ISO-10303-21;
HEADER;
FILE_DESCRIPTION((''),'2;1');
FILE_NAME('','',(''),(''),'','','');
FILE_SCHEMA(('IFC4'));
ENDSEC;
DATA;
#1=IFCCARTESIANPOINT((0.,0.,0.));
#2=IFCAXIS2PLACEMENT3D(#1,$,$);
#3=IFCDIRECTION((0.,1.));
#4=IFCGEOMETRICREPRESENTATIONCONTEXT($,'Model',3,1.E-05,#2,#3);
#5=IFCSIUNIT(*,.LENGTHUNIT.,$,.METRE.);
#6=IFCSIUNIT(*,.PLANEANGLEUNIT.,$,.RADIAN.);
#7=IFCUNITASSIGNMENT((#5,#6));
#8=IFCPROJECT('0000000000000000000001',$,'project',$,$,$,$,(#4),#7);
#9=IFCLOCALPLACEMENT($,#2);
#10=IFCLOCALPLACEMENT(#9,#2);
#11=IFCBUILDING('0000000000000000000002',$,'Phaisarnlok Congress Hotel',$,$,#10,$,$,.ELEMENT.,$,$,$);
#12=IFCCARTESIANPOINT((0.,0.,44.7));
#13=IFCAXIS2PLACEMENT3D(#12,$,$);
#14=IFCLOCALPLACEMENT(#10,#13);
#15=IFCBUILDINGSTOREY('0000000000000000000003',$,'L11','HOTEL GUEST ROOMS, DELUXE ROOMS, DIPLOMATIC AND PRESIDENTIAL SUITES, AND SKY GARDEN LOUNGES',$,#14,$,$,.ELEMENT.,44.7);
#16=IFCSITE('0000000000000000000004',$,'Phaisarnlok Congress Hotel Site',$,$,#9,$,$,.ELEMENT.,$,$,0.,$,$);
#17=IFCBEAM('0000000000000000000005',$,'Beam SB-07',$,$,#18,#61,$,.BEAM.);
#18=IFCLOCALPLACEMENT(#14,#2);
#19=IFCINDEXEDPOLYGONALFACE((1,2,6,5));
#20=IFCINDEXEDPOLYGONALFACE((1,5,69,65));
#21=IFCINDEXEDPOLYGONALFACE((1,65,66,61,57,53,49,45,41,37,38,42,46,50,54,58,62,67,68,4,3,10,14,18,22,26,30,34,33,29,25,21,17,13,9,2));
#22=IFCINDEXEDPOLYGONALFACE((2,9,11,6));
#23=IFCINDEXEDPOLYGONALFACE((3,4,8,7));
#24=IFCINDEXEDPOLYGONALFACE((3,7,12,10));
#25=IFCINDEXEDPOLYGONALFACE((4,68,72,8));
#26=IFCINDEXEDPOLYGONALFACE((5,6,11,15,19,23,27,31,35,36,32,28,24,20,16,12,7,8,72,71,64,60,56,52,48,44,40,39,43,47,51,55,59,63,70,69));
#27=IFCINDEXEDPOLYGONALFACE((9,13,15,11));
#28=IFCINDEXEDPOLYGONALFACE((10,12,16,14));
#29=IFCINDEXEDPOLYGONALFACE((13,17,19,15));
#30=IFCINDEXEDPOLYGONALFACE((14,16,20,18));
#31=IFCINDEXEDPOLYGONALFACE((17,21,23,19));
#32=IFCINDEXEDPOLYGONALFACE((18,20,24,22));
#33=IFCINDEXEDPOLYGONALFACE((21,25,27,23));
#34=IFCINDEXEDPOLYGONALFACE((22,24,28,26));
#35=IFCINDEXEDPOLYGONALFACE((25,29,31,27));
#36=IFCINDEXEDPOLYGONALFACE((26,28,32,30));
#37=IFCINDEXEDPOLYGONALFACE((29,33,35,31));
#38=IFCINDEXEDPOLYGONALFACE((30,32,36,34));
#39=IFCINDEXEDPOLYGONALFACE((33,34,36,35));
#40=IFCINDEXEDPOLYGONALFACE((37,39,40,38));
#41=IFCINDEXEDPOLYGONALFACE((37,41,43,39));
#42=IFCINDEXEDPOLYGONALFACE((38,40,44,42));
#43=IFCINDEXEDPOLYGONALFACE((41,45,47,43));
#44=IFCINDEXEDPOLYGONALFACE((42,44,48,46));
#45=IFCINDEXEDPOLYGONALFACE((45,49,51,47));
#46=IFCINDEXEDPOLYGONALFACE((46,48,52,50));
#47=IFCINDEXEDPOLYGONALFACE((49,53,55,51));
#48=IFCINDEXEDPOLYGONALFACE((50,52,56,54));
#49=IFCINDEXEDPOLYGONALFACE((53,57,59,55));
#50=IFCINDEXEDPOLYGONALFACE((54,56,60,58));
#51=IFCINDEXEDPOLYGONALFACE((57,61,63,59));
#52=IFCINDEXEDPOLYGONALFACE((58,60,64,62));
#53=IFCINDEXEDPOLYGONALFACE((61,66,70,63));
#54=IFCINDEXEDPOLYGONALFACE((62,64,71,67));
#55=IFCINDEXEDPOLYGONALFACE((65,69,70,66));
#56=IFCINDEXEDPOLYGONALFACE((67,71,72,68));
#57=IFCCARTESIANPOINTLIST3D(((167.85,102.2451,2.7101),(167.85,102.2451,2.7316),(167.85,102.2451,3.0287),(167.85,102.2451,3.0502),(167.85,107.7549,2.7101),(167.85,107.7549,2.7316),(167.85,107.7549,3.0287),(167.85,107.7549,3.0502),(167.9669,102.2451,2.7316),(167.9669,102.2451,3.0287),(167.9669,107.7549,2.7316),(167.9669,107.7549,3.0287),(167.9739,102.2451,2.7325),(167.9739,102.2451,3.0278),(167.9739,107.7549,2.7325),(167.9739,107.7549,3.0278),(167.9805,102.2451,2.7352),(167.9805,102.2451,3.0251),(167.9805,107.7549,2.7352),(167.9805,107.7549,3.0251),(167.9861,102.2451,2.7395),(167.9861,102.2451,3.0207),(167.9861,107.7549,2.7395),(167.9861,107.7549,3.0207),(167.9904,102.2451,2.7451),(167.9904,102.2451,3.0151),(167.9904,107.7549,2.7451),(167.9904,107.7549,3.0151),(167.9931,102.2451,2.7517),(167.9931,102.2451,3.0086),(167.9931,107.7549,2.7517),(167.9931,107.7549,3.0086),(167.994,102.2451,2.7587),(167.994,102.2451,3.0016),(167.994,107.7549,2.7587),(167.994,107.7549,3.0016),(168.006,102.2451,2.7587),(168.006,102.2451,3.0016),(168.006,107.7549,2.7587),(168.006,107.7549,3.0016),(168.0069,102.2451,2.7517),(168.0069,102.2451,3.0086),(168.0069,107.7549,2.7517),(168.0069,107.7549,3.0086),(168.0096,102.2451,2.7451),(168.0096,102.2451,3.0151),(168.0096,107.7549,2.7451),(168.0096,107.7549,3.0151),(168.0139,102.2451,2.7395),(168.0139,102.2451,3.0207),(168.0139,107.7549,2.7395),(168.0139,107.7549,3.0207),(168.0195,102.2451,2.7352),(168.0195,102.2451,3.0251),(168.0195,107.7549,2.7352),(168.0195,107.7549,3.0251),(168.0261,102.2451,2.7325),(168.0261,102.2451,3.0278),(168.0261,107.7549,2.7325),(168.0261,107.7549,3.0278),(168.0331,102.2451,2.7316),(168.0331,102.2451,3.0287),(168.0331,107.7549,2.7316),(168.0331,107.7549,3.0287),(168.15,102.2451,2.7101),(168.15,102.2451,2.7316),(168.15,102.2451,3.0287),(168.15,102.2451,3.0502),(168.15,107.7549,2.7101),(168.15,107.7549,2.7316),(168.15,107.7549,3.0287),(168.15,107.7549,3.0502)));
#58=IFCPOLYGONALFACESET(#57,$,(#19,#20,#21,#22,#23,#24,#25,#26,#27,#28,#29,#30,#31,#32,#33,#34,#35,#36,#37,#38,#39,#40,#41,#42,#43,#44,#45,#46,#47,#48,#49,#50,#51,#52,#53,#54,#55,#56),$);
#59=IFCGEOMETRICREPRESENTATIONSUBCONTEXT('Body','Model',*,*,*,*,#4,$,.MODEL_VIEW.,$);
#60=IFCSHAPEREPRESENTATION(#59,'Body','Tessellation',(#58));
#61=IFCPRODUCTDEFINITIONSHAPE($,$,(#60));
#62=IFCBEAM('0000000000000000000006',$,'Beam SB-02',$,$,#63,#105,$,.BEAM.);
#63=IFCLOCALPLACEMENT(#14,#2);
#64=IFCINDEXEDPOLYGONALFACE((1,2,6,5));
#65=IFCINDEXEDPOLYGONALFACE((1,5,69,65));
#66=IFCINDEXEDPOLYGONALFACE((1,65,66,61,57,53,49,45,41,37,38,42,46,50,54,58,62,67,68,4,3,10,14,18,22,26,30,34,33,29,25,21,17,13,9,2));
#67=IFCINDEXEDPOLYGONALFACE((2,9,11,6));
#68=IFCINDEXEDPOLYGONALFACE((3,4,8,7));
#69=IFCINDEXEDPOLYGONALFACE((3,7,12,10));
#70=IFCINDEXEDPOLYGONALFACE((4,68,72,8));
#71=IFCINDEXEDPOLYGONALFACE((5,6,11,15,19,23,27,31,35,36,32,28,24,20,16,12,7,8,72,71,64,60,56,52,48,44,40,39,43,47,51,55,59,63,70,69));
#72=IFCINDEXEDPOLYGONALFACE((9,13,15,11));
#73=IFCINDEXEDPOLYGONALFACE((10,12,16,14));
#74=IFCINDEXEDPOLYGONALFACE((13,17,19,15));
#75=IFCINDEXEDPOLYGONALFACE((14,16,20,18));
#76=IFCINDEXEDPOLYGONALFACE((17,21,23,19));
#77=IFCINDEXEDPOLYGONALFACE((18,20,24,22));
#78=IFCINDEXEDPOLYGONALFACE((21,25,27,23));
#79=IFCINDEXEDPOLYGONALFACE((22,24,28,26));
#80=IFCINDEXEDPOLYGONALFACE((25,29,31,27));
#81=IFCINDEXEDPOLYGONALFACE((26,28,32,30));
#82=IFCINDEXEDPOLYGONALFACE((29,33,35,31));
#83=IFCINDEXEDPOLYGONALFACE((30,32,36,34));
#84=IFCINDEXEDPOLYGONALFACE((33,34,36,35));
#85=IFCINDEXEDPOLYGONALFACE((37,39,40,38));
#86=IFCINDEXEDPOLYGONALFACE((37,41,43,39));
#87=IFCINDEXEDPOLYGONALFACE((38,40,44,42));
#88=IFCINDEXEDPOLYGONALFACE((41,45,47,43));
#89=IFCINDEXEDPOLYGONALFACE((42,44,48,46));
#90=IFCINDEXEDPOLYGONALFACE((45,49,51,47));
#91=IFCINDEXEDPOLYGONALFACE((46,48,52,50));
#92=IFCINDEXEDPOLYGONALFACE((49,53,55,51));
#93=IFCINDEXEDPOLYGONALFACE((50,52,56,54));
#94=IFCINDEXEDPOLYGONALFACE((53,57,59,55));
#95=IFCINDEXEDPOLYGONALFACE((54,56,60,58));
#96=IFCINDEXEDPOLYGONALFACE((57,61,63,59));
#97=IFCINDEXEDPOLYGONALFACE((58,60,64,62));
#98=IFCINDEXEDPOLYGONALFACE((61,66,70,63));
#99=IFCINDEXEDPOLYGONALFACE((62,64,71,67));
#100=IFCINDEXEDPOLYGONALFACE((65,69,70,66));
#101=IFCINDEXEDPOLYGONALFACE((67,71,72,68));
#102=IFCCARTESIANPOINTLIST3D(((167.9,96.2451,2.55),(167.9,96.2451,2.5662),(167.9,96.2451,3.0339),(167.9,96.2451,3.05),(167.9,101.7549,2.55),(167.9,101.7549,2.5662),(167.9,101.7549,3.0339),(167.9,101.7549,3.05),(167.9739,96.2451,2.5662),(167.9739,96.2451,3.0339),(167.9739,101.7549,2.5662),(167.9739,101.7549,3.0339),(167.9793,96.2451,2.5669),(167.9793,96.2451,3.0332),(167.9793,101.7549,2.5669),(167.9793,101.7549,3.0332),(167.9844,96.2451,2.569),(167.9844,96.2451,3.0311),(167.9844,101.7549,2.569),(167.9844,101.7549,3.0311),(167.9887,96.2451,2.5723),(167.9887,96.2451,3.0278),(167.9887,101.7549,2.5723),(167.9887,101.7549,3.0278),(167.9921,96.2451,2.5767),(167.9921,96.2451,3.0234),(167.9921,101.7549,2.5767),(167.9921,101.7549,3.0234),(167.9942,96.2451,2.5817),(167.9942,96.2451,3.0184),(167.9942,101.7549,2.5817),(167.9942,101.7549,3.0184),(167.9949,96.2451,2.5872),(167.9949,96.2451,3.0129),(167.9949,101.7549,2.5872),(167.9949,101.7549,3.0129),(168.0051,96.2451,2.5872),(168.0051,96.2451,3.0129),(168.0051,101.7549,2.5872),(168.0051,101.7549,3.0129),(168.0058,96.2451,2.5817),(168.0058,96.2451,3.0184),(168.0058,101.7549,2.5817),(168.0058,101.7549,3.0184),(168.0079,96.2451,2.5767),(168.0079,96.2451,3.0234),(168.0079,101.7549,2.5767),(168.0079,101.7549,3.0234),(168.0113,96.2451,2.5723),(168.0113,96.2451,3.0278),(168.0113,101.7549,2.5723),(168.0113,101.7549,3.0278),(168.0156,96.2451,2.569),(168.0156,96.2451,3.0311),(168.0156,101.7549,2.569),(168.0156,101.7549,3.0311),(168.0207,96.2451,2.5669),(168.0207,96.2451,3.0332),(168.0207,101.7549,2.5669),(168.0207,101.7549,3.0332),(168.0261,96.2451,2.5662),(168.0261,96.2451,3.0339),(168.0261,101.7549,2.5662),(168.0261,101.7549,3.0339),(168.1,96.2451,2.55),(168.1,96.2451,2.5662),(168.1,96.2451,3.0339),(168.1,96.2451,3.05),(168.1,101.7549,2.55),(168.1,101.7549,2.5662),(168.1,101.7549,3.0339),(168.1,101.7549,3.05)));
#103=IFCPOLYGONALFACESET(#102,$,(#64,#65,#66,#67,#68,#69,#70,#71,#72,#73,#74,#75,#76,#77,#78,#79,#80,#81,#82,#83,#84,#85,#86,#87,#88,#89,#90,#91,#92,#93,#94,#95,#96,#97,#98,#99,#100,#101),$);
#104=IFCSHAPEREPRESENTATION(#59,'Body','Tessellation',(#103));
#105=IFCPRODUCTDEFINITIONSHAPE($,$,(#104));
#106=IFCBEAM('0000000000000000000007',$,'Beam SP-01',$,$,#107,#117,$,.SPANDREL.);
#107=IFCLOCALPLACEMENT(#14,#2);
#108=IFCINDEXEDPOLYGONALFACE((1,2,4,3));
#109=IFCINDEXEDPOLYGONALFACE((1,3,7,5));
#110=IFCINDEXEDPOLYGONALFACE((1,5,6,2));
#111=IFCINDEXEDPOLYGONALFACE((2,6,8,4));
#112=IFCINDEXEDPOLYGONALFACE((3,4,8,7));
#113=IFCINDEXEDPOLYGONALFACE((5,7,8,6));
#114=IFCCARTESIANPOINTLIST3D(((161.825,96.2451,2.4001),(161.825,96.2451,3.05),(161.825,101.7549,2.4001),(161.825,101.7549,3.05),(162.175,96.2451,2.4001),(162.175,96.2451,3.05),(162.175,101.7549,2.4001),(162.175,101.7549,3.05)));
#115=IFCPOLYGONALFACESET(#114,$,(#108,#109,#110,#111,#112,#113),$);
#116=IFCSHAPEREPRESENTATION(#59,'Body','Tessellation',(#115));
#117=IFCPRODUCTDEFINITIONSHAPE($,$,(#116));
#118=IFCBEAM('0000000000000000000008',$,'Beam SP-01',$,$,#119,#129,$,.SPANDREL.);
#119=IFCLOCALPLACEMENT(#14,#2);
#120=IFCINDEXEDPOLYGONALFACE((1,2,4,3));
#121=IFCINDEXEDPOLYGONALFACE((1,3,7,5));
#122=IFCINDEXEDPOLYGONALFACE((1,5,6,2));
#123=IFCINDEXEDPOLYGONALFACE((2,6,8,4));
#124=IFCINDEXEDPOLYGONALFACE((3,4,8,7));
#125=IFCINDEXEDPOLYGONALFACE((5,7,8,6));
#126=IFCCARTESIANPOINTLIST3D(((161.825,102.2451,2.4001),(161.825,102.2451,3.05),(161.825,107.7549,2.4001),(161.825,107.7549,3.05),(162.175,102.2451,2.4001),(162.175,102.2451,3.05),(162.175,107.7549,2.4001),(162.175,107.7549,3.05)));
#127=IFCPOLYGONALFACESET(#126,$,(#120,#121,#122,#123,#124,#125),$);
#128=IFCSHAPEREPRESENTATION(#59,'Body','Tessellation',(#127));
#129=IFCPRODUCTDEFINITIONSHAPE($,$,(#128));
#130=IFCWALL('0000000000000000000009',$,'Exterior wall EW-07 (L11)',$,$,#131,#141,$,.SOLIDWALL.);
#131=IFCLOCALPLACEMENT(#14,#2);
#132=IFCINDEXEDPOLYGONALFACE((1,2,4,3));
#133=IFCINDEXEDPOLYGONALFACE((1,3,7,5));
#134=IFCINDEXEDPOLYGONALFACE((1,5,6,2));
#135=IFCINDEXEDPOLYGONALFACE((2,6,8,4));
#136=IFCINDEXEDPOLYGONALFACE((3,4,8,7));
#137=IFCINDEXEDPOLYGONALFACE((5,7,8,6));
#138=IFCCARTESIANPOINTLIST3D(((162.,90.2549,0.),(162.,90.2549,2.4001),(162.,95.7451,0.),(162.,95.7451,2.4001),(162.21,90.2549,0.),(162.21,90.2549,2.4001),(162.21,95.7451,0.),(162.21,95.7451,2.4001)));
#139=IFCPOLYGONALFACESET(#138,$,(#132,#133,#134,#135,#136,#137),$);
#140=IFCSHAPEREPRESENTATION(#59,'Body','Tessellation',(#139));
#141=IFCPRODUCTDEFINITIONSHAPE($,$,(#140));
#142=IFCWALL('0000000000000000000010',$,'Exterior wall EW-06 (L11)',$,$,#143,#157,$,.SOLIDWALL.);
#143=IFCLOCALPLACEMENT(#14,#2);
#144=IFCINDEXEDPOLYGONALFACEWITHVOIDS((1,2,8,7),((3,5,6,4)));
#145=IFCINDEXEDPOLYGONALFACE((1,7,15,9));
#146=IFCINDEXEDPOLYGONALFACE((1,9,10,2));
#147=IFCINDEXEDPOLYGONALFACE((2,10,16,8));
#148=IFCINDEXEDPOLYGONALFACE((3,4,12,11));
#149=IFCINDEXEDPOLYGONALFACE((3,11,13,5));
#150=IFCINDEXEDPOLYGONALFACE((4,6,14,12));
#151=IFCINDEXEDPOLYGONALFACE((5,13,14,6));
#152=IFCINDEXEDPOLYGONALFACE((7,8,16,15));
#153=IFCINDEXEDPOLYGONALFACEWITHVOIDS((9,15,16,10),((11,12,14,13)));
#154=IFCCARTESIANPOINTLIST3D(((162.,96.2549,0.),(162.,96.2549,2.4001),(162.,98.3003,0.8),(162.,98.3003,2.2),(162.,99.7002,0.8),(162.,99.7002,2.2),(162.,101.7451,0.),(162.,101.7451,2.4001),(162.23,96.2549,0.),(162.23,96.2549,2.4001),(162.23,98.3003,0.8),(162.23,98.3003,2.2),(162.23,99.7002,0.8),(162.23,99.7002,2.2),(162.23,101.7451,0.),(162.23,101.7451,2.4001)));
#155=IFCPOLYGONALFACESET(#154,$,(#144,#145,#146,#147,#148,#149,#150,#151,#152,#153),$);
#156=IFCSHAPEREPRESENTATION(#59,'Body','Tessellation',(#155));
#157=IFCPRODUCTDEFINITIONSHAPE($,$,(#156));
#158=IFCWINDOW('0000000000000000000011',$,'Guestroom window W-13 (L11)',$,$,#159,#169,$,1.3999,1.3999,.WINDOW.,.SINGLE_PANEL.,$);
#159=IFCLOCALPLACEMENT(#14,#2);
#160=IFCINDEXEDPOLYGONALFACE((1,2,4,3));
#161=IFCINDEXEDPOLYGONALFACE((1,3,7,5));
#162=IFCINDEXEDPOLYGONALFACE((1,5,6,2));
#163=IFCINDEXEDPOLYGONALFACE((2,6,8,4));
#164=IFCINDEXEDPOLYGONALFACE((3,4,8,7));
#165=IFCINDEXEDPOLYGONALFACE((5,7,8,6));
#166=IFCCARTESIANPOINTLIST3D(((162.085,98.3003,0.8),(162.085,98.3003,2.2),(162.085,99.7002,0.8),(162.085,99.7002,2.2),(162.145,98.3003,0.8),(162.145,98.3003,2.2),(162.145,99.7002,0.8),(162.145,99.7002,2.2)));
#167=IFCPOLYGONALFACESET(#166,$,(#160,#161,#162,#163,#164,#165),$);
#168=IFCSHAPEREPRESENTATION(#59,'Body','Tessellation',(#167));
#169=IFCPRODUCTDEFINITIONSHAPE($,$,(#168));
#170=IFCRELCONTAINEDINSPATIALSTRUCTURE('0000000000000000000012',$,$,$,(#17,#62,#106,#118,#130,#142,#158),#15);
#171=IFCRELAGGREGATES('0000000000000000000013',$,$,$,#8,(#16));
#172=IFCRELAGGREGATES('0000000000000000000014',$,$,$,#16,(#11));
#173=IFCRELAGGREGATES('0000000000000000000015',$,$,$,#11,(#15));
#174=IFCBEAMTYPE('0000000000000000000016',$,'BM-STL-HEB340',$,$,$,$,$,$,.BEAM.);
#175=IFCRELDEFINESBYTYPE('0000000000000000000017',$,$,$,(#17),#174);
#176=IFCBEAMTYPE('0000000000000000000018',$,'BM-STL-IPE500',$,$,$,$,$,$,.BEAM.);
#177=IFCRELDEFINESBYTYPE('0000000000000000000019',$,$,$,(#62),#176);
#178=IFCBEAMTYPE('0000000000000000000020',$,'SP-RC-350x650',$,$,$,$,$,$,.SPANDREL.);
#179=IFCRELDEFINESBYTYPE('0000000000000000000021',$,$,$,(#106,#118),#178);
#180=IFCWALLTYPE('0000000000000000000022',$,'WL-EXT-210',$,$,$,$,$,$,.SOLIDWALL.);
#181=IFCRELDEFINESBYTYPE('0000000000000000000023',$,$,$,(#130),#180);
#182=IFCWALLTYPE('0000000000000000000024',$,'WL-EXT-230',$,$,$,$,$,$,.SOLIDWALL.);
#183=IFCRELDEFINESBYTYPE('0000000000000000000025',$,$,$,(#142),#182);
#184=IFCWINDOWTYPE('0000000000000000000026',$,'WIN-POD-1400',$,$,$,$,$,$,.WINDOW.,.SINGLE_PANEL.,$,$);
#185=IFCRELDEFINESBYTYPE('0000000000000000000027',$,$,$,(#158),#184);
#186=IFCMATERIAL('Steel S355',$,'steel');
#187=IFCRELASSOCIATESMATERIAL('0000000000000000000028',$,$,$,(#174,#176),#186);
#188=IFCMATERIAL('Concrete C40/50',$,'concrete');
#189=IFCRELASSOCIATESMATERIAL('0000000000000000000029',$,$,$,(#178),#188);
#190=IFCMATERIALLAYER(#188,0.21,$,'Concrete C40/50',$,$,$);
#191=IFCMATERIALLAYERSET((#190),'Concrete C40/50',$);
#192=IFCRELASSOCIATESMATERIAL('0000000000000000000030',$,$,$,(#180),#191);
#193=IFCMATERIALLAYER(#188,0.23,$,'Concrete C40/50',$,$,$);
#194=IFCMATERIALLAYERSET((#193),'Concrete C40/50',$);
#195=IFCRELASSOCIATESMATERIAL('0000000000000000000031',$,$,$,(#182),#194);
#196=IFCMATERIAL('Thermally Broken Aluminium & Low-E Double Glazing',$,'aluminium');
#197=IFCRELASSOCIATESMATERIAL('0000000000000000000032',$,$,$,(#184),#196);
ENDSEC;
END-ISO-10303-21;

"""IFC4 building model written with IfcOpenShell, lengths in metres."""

from ifc_helpers import new_model, si_unit, direction, frame, frame_2d, origin, origin_2d, place, context, subcontext, project, spatial, rectangle, i_section, extrude, material, layer, layer_set, material_profile, profile_set, type_object, element, fill, save


model = new_model("IFC4")

# Units and contexts
model_context = context("Model", 3, precision=1e-05, world=origin(), true_north=direction((0.0, 1.0)))
body_context = subcontext(model_context, "Body", "Model", "MODEL_VIEW")
ifc_project = project(units=[si_unit("LENGTHUNIT", "METRE"), si_unit("PLANEANGLEUNIT", "RADIAN")], contexts=[model_context])

# Site, building, storey
site_placement = place(None, origin())
site = spatial("IfcSite", under=ifc_project, at=site_placement, Name="Phaisarnlok Congress Hotel Site", CompositionType="ELEMENT", RefElevation=0.0)
building_placement = place(site_placement, origin())
building = spatial("IfcBuilding", under=site, at=building_placement, Name="Phaisarnlok Congress Hotel", CompositionType="ELEMENT")
storey_placement = place(building_placement, frame((0.0, 0.0, 44.7)))
storey = spatial("IfcBuildingStorey", under=building, at=storey_placement, Name="L11", Description="HOTEL GUEST ROOMS, DELUXE ROOMS, DIPLOMATIC AND PRESIDENTIAL SUITES, AND SKY GARDEN LOUNGES", CompositionType="ELEMENT", Elevation=44.7)

# Beams
ifc_material_1 = material(Name="Concrete C40/50", Category="concrete")
ifc_material_2 = material(Name="Steel S355", Category="steel")
ifc_material_profile_1 = material_profile(ifc_material_2, i_section(OverallWidth=0.3, OverallDepth=0.3401, WebThickness=0.012, FlangeThickness=0.0215, FilletRadius=0.0271, at=origin_2d()), Name="HEB 340")
ifc_profile_set_1 = profile_set([ifc_material_profile_1], Name="Steel S355")
beam_type_1 = type_object("IfcBeamType", Name="BM-STL-HEB340", PredefinedType="BEAM", material=ifc_profile_set_1)
beam_1_placement = place(storey_placement, frame((168.0, 102.2451, 2.8801), z_axis=(0.0, 1.0, 0.0), x_axis=(-1.0, 0.0, 0.0)))
element("IfcBeam", 1, at=beam_1_placement, inside=storey, type_object=beam_type_1, Name="Beam SB-07", PredefinedType="BEAM", context=body_context, shape_type="SweptSolid", body=[
    extrude(i_section(OverallWidth=0.3, OverallDepth=0.3401, WebThickness=0.012, FlangeThickness=0.0215, FilletRadius=0.0271, at=origin_2d()), origin(), (0.0, 0.0, 1.0), 5.5098),
])
ifc_material_profile_2 = material_profile(ifc_material_2, i_section(OverallWidth=0.2, OverallDepth=0.5, WebThickness=0.0103, FlangeThickness=0.0161, FilletRadius=0.021, at=origin_2d()), Name="IPE 500")
ifc_profile_set_2 = profile_set([ifc_material_profile_2], Name="Steel S355")
beam_type_2 = type_object("IfcBeamType", Name="BM-STL-IPE500", PredefinedType="BEAM", material=ifc_profile_set_2)
beam_2_placement = place(storey_placement, frame((168.0, 96.2451, 2.8), z_axis=(0.0, 1.0, 0.0), x_axis=(-1.0, 0.0, 0.0)))
element("IfcBeam", 2, at=beam_2_placement, inside=storey, type_object=beam_type_2, Name="Beam SB-02", PredefinedType="BEAM", context=body_context, shape_type="SweptSolid", body=[
    extrude(i_section(OverallWidth=0.2, OverallDepth=0.5, WebThickness=0.0103, FlangeThickness=0.0161, FilletRadius=0.021, at=origin_2d()), origin(), (0.0, 0.0, 1.0), 5.5098),
])
ifc_material_profile_3 = material_profile(ifc_material_1, rectangle(XDim=0.3501, YDim=0.6499, at=origin_2d()), Name="RC 350x650")
ifc_profile_set_3 = profile_set([ifc_material_profile_3], Name="Concrete C40/50")
beam_type_3 = type_object("IfcBeamType", Name="SP-RC-350x650", PredefinedType="SPANDREL", material=ifc_profile_set_3)
for number, where, z_axis, x_axis, name in (
    (3, (162.0, 96.2451, 2.7251), (0.0, 1.0, 0.0), (-1.0, 0.0, 0.0), "Beam SP-01"),
    (4, (162.0, 102.2451, 2.7251), (0.0, 1.0, 0.0), (-1.0, 0.0, 0.0), "Beam SP-01"),
):
    element("IfcBeam", number, at=place(storey_placement, frame(where, z_axis=z_axis, x_axis=x_axis)), inside=storey, type_object=beam_type_3, Name=name, PredefinedType="SPANDREL", context=body_context, shape_type="SweptSolid", body=[
        extrude(rectangle(XDim=0.3501, YDim=0.6499, at=origin_2d()), origin(), (0.0, 0.0, 1.0), 5.5098),
    ])

# Wall
ifc_layer_1 = layer(ifc_material_1, 0.21, Name="Concrete C40/50")
ifc_layer_set_1 = layer_set([ifc_layer_1], Name="Concrete C40/50")
wall_type_1 = type_object("IfcWallType", Name="WL-EXT-210", PredefinedType="SOLIDWALL", material=ifc_layer_set_1)
wall_1_placement = place(storey_placement, frame((162.105, 95.7451, 0.0), z_axis=(0.0, 0.0, 1.0), x_axis=(0.0, -1.0, 0.0)))
element("IfcWall", 5, at=wall_1_placement, inside=storey, type_object=wall_type_1, Name="Exterior wall EW-07 (L11)", PredefinedType="SOLIDWALL", context=body_context, shape_type="SweptSolid", body=[
    extrude(rectangle(XDim=5.4902, YDim=0.21, at=frame_2d((2.7451, 0.0))), origin(), (0.0, 0.0, 1.0), 2.4001),
])

# Wall, opening, window
ifc_layer_2 = layer(ifc_material_1, 0.23, Name="Concrete C40/50")
ifc_layer_set_2 = layer_set([ifc_layer_2], Name="Concrete C40/50")
wall_type_2 = type_object("IfcWallType", Name="WL-EXT-230", PredefinedType="SOLIDWALL", material=ifc_layer_set_2)
wall_2_placement = place(storey_placement, frame((162.115, 101.7451, 0.0), z_axis=(0.0, 0.0, 1.0), x_axis=(0.0, -1.0, 0.0)))
wall_2 = element("IfcWall", 6, at=wall_2_placement, inside=storey, type_object=wall_type_2, Name="Exterior wall EW-06 (L11)", PredefinedType="SOLIDWALL", context=body_context, shape_type="SweptSolid", body=[
    extrude(rectangle(XDim=5.4902, YDim=0.23, at=frame_2d((2.7451, 0.0))), origin(), (0.0, 0.0, 1.0), 2.4001),
])
opening_1_placement = place(wall_2_placement, frame((2.0449, 0.0, 0.8)))
opening_1 = element("IfcOpeningElement", 7, at=opening_1_placement, cuts=wall_2, PredefinedType="OPENING", context=body_context, shape_type="SweptSolid", body=[
    extrude(rectangle(XDim=1.3999, YDim=1.3999, at=frame_2d((0.7, 0.7))), frame((0.0, 0.125, 0.0), z_axis=(0.0, -1.0, 0.0), x_axis=(1.0, 0.0, 0.0)), (0.0, 0.0, 1.0), 0.25),
])
ifc_material_3 = material(Name="Thermally Broken Aluminium & Low-E Double Glazing", Category="aluminium")
window_type = type_object("IfcWindowType", Name="WIN-POD-1400", PartitioningType="SINGLE_PANEL", PredefinedType="WINDOW", material=ifc_material_3)
window_1_placement = place(opening_1_placement, origin())
window_1 = element("IfcWindow", 8, at=window_1_placement, inside=storey, type_object=window_type, Name="Guestroom window W-13 (L11)", OverallHeight=1.3999, OverallWidth=1.3999, PartitioningType="SINGLE_PANEL", PredefinedType="WINDOW", context=body_context, shape_type="SweptSolid", body=[
    extrude(rectangle(XDim=1.3999, YDim=1.3999, at=frame_2d((0.7, 0.7))), frame((0.0, 0.03, 0.0), z_axis=(0.0, -1.0, 0.0), x_axis=(1.0, 0.0, 0.0)), (0.0, 0.0, 1.0), 0.0601),
])
fill(opening_1, window_1)

save(model, "model.ifc")
